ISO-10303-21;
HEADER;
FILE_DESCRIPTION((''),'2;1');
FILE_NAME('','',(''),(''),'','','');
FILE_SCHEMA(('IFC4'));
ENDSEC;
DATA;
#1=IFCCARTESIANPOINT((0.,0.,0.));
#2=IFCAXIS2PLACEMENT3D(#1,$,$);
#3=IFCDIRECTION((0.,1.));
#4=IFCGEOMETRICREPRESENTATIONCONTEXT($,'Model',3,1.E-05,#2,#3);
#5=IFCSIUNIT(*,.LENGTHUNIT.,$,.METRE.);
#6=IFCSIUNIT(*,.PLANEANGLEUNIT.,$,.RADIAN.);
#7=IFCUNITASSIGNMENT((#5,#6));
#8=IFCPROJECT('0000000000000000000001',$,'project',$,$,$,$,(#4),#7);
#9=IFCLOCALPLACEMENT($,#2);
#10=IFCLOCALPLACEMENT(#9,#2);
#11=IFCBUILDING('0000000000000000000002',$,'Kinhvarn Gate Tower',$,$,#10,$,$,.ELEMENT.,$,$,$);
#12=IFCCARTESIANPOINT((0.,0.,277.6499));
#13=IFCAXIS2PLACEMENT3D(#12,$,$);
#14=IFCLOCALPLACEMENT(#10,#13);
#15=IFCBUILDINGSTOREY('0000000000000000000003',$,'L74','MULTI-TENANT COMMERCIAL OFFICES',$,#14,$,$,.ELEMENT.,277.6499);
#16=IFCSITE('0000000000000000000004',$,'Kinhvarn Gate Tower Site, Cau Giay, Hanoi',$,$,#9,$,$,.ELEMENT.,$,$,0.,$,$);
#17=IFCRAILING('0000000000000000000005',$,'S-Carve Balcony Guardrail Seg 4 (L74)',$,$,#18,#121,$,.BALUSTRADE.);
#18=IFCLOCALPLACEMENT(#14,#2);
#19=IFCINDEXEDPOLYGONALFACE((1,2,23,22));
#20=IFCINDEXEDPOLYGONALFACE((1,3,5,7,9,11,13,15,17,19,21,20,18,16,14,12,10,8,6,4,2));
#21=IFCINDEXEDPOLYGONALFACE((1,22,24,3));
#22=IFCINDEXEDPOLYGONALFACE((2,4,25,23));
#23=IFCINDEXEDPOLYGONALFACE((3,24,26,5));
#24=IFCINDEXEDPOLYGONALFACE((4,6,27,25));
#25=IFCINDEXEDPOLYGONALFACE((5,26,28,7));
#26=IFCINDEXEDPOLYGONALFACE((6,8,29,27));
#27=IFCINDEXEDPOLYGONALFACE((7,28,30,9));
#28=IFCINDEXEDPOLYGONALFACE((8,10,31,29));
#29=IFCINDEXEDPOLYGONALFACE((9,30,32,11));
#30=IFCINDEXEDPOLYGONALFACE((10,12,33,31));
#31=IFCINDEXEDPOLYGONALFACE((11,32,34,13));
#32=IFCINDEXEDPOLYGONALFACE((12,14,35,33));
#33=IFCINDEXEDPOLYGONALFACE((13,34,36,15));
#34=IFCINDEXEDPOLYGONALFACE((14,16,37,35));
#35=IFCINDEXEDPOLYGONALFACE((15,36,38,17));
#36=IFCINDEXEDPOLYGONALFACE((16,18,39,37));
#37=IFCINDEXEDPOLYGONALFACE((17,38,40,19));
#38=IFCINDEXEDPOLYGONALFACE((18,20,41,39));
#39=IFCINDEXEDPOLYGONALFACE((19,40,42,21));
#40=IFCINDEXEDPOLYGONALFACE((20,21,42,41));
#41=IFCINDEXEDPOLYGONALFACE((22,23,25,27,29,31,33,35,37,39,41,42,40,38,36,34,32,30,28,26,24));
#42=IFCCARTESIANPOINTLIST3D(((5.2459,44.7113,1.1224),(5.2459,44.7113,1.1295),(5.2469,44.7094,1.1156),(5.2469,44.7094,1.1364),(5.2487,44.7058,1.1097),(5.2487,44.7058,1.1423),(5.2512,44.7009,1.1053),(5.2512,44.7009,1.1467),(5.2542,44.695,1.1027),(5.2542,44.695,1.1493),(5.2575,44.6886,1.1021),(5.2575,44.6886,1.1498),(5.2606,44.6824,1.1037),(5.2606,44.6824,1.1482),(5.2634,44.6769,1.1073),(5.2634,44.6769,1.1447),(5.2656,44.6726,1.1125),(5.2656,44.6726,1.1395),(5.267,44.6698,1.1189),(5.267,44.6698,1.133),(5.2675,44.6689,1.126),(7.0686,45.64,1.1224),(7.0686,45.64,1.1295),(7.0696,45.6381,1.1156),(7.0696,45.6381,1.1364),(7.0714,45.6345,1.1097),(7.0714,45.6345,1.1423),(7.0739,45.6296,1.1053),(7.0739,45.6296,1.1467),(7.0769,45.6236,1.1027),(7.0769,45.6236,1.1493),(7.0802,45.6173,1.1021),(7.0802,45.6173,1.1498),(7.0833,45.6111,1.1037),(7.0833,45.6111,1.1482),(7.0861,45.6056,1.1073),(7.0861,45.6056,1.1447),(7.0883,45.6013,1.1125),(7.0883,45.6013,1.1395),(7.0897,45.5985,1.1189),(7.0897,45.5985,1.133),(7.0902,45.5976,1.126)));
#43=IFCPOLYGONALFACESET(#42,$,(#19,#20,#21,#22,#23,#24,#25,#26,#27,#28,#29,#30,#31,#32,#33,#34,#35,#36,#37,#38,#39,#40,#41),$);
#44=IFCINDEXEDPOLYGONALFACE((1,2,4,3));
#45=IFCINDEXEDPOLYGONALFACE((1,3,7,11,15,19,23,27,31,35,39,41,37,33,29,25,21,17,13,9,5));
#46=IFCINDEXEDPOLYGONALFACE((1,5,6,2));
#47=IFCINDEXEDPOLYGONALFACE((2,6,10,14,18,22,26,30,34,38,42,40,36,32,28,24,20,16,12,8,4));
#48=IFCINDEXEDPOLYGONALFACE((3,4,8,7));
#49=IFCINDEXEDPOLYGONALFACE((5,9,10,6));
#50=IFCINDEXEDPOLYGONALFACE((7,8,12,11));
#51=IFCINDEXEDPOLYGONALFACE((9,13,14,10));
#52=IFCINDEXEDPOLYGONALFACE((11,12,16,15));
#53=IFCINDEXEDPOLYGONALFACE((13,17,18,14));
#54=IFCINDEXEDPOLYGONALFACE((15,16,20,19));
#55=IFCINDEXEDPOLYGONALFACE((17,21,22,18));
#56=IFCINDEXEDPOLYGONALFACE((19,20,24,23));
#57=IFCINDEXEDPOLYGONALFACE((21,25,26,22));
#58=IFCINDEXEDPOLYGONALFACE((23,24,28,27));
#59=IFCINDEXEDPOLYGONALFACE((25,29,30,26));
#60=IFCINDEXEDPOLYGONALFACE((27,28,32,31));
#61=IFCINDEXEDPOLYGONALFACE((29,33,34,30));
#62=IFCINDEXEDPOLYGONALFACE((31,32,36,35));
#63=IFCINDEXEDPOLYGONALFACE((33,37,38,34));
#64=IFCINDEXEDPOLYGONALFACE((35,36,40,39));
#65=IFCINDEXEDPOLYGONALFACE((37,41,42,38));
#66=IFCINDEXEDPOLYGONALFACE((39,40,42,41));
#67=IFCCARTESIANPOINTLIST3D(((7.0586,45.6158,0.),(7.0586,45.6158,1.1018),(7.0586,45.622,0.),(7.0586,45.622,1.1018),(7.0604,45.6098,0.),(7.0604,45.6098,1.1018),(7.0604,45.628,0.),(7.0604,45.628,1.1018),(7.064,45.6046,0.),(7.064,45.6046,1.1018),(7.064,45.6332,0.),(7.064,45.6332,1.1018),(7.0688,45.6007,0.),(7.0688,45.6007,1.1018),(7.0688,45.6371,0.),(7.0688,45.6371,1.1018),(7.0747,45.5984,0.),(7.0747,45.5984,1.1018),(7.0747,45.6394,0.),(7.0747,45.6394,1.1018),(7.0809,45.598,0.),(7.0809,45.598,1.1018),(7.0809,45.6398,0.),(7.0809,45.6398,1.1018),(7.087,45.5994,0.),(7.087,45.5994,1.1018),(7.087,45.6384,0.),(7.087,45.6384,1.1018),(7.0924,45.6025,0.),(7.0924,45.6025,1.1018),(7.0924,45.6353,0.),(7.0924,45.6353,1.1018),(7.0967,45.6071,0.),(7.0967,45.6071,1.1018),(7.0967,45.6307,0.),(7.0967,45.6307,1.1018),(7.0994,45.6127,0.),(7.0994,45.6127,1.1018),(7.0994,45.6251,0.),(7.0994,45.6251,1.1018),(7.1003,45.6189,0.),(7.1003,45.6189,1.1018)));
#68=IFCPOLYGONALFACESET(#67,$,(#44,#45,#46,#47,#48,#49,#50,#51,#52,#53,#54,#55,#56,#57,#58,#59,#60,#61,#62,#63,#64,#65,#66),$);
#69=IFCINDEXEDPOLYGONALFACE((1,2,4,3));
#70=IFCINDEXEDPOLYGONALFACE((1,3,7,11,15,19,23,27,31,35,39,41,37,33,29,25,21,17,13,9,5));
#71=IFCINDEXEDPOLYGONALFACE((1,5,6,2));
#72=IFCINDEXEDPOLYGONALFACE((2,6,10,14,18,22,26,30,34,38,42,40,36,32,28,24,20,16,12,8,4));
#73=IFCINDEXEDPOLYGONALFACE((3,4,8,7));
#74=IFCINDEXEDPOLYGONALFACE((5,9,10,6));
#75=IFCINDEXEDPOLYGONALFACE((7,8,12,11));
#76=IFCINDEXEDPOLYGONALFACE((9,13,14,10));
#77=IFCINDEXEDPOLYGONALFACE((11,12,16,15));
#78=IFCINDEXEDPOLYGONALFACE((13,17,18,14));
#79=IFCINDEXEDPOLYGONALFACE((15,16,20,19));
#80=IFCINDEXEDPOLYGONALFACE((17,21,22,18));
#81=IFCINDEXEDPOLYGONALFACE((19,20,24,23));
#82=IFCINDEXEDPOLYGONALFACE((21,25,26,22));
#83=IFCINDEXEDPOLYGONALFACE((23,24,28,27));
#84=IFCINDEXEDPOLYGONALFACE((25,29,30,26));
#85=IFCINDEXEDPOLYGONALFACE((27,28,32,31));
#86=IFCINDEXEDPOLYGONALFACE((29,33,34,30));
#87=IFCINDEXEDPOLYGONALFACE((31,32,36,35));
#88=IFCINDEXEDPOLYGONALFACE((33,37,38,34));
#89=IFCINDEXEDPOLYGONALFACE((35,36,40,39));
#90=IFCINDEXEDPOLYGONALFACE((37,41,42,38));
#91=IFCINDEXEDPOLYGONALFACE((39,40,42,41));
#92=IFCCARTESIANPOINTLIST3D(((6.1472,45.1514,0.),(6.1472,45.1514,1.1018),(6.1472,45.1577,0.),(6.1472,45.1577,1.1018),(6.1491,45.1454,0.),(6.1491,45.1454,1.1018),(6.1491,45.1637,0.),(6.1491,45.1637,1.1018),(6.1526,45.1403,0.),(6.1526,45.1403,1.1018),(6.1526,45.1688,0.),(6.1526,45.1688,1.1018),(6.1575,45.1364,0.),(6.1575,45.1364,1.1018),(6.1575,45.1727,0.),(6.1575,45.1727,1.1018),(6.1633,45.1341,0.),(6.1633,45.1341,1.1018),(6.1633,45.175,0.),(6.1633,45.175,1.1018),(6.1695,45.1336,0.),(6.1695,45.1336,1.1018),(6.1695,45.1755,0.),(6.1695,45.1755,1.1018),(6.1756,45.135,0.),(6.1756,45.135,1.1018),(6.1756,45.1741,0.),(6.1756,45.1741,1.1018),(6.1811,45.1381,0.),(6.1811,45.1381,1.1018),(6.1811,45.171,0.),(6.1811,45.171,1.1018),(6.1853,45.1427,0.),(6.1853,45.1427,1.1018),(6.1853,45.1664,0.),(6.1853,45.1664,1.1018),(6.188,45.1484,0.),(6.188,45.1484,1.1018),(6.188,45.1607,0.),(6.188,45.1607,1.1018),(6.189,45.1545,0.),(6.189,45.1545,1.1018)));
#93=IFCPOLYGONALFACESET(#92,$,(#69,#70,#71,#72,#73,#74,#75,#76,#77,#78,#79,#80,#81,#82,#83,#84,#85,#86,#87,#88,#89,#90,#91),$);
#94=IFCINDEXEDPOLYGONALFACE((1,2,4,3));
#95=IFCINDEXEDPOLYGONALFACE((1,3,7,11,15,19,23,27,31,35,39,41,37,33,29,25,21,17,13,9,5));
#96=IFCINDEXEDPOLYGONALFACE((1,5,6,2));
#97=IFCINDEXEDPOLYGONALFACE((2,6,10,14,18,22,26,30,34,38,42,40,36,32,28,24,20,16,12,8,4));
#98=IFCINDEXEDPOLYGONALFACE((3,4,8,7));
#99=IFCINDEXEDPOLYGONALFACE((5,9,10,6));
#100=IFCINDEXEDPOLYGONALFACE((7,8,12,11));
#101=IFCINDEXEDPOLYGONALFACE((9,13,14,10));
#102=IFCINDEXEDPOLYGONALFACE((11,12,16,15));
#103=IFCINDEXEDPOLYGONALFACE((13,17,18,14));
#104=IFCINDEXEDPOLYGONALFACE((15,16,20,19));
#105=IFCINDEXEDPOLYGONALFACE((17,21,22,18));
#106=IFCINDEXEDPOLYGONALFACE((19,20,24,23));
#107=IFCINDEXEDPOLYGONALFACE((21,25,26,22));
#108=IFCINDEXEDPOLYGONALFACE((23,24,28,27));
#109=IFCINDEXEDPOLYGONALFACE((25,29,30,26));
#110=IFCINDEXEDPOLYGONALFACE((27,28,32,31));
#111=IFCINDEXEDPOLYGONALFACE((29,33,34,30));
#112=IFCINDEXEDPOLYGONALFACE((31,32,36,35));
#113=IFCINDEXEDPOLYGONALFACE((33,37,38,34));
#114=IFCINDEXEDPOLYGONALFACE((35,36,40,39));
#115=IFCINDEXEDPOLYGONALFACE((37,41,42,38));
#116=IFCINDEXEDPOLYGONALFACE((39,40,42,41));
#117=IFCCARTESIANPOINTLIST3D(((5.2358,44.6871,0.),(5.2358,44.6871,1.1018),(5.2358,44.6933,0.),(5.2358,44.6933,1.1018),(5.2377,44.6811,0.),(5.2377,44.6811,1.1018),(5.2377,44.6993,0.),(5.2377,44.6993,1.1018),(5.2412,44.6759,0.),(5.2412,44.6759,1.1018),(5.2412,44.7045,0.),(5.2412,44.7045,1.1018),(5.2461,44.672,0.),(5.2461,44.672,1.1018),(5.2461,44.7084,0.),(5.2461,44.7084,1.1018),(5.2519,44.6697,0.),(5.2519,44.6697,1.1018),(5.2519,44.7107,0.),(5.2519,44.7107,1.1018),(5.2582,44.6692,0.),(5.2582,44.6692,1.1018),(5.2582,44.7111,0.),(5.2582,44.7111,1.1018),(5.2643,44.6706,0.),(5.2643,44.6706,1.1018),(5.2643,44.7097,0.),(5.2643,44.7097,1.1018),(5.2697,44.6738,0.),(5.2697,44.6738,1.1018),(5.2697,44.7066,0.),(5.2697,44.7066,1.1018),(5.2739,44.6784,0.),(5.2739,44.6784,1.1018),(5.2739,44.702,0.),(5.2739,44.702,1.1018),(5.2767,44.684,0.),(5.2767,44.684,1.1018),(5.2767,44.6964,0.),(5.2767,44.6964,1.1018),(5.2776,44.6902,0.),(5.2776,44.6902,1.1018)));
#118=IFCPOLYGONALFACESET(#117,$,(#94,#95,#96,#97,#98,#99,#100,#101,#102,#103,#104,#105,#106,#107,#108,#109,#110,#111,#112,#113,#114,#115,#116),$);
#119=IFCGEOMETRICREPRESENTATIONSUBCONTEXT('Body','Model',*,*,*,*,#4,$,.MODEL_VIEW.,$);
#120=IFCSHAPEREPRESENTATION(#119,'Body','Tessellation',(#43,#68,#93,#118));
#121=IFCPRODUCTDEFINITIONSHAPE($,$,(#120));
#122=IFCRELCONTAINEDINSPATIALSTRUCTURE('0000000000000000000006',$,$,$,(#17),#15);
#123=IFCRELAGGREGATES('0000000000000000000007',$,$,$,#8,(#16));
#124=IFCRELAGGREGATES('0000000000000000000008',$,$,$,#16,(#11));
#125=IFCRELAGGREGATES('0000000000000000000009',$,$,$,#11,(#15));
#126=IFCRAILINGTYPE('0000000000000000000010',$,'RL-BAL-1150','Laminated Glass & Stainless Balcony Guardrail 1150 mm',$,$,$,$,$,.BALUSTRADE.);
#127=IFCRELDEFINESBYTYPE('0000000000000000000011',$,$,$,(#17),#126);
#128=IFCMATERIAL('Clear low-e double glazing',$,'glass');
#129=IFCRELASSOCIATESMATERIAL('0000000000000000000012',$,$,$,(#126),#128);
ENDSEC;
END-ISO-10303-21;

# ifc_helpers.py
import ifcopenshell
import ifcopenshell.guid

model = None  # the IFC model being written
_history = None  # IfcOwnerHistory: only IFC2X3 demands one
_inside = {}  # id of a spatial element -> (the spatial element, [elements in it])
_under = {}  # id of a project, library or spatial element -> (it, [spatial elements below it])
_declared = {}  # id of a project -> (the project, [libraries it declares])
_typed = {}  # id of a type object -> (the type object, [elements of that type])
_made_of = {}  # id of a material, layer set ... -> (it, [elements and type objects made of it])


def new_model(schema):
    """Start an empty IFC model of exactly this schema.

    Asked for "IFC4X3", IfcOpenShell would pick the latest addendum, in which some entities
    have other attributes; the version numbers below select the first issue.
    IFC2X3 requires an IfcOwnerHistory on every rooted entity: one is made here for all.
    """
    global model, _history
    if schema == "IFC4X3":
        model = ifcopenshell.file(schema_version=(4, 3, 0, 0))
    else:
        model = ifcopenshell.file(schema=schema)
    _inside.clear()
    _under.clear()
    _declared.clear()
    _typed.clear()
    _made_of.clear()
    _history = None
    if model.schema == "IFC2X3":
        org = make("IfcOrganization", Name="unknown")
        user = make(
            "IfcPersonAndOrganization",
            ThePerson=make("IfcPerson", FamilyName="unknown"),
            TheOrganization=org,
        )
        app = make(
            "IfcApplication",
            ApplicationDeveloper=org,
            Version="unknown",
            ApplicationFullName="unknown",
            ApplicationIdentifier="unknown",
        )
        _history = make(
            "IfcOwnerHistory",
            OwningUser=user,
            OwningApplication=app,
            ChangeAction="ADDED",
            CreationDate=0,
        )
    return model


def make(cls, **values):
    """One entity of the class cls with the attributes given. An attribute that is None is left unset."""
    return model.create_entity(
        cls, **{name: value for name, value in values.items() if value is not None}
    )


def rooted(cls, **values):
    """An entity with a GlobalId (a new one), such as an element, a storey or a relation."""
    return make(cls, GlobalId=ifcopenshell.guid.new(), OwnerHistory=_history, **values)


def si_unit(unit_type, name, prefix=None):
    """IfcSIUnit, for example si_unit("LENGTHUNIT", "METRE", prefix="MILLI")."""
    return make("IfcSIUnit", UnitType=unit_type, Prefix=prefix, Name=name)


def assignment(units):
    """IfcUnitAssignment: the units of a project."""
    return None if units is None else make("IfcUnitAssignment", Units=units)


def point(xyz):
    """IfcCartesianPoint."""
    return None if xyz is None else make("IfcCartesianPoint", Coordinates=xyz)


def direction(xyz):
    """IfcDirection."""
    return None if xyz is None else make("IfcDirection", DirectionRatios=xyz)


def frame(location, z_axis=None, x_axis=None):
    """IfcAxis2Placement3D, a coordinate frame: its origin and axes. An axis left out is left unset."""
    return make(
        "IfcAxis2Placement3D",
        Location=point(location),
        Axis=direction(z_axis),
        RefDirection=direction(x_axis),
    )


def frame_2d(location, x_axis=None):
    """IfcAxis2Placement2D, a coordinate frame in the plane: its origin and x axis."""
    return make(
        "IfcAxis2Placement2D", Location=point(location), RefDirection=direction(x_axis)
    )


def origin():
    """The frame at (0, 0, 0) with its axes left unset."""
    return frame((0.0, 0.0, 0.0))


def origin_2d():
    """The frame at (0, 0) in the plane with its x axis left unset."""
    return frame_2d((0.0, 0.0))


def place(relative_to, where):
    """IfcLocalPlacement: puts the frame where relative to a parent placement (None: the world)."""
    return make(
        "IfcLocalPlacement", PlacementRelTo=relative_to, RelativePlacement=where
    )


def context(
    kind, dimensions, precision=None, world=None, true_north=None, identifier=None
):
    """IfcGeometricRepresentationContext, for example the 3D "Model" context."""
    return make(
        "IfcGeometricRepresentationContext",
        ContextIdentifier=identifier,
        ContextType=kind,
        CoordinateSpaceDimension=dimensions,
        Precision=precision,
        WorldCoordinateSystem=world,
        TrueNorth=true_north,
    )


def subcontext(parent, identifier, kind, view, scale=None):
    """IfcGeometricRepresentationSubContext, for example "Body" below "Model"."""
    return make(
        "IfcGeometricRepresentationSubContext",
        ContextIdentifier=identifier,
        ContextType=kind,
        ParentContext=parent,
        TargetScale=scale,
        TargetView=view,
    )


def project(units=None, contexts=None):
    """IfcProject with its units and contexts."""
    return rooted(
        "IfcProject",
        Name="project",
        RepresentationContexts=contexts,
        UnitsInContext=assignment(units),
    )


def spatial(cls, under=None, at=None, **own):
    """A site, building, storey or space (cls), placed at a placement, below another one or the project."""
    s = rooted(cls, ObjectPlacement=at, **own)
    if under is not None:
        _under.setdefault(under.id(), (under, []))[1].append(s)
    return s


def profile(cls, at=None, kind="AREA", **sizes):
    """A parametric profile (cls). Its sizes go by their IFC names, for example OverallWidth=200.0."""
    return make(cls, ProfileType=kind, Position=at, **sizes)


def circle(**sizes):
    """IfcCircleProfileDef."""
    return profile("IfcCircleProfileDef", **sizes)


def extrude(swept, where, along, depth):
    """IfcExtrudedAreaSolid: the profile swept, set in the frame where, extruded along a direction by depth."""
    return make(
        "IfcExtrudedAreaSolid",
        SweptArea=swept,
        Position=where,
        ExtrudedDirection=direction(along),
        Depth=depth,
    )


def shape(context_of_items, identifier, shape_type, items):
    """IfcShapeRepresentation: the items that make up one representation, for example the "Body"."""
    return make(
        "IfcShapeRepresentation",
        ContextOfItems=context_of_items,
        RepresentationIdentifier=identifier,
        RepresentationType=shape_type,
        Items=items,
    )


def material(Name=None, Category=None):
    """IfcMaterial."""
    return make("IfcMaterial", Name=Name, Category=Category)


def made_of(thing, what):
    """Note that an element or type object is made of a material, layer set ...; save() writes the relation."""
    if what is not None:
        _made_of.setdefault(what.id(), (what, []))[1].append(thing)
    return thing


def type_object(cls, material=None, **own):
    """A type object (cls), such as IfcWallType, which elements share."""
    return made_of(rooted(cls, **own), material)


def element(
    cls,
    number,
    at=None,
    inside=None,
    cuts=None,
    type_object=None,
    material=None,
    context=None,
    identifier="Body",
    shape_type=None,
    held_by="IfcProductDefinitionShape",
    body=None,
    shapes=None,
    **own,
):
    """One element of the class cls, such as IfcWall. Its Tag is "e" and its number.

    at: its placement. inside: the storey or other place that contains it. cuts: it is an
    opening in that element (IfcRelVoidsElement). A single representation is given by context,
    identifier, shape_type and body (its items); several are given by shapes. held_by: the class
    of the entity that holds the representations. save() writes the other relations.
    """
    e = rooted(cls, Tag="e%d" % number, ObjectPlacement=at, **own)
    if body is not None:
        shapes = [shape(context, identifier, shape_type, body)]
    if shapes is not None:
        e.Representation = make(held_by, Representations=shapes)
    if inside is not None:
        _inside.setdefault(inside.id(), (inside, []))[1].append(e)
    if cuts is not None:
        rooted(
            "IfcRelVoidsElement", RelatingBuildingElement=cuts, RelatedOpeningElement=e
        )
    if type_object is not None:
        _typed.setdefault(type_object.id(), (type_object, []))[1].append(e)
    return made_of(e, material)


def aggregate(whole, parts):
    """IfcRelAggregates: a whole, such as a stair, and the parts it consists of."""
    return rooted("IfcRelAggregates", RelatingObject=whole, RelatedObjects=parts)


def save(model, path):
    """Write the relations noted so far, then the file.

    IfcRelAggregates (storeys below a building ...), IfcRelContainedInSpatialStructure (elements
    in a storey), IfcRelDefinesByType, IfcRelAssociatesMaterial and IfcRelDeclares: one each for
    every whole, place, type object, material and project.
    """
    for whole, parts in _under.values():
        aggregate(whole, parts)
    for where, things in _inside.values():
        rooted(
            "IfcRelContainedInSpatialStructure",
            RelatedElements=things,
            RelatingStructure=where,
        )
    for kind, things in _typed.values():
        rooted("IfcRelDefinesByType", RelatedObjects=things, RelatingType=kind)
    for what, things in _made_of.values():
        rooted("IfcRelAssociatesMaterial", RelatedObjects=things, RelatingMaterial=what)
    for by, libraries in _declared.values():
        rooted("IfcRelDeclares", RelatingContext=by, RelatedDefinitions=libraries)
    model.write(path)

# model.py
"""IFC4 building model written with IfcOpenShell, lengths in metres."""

from ifc_helpers import new_model, si_unit, direction, frame, origin, origin_2d, place, context, subcontext, project, spatial, circle, extrude, material, type_object, element, save


model = new_model("IFC4")

# Units and contexts
model_context = context("Model", 3, precision=1e-05, world=origin(), true_north=direction((0.0, 1.0)))
body_context = subcontext(model_context, "Body", "Model", "MODEL_VIEW")
ifc_project = project(units=[si_unit("LENGTHUNIT", "METRE"), si_unit("PLANEANGLEUNIT", "RADIAN")], contexts=[model_context])

# Site, building, storey
site_placement = place(None, origin())
site = spatial("IfcSite", under=ifc_project, at=site_placement, Name="Kinhvarn Gate Tower Site, Cau Giay, Hanoi", CompositionType="ELEMENT", RefElevation=0.0)
building_placement = place(site_placement, origin())
building = spatial("IfcBuilding", under=site, at=building_placement, Name="Kinhvarn Gate Tower", CompositionType="ELEMENT")
storey_placement = place(building_placement, frame((0.0, 0.0, 277.6499)))
storey = spatial("IfcBuildingStorey", under=building, at=storey_placement, Name="L74", Description="MULTI-TENANT COMMERCIAL OFFICES", CompositionType="ELEMENT", Elevation=277.6499)

# Shared definitions
ifc_material_1 = material(Name="Clear low-e double glazing", Category="glass")

# Railing
railing_type = type_object("IfcRailingType", Name="RL-BAL-1150", Description="Laminated Glass & Stainless Balcony Guardrail 1150 mm", PredefinedType="BALUSTRADE", material=ifc_material_1)
railing_1_placement = place(storey_placement, frame((7.0793, 45.6189, 0.0)))
element("IfcRailing", 1, at=railing_1_placement, inside=storey, type_object=railing_type, Name="S-Carve Balcony Guardrail Seg 4 (L74)", PredefinedType="BALUSTRADE", context=body_context, shape_type="SweptSolid", body=[
    extrude(circle(Radius=0.0239, at=origin_2d()), frame((0.0, 0.0, 1.126), z_axis=(-0.891012, -0.453979, 0.0), x_axis=(0.453979, -0.891012, 0.0)), (0.0, 0.0, 1.0), 2.0457),
    extrude(circle(Radius=0.021, at=origin_2d()), origin(), (0.0, 0.0, 1.0), 1.1018),
    extrude(circle(Radius=0.021, at=origin_2d()), frame((-0.9114, -0.4644, 0.0)), (0.0, 0.0, 1.0), 1.1018),
    extrude(circle(Radius=0.021, at=origin_2d()), frame((-1.8228, -0.9287, 0.0)), (0.0, 0.0, 1.0), 1.1018),
])

save(model, "model.ifc")
